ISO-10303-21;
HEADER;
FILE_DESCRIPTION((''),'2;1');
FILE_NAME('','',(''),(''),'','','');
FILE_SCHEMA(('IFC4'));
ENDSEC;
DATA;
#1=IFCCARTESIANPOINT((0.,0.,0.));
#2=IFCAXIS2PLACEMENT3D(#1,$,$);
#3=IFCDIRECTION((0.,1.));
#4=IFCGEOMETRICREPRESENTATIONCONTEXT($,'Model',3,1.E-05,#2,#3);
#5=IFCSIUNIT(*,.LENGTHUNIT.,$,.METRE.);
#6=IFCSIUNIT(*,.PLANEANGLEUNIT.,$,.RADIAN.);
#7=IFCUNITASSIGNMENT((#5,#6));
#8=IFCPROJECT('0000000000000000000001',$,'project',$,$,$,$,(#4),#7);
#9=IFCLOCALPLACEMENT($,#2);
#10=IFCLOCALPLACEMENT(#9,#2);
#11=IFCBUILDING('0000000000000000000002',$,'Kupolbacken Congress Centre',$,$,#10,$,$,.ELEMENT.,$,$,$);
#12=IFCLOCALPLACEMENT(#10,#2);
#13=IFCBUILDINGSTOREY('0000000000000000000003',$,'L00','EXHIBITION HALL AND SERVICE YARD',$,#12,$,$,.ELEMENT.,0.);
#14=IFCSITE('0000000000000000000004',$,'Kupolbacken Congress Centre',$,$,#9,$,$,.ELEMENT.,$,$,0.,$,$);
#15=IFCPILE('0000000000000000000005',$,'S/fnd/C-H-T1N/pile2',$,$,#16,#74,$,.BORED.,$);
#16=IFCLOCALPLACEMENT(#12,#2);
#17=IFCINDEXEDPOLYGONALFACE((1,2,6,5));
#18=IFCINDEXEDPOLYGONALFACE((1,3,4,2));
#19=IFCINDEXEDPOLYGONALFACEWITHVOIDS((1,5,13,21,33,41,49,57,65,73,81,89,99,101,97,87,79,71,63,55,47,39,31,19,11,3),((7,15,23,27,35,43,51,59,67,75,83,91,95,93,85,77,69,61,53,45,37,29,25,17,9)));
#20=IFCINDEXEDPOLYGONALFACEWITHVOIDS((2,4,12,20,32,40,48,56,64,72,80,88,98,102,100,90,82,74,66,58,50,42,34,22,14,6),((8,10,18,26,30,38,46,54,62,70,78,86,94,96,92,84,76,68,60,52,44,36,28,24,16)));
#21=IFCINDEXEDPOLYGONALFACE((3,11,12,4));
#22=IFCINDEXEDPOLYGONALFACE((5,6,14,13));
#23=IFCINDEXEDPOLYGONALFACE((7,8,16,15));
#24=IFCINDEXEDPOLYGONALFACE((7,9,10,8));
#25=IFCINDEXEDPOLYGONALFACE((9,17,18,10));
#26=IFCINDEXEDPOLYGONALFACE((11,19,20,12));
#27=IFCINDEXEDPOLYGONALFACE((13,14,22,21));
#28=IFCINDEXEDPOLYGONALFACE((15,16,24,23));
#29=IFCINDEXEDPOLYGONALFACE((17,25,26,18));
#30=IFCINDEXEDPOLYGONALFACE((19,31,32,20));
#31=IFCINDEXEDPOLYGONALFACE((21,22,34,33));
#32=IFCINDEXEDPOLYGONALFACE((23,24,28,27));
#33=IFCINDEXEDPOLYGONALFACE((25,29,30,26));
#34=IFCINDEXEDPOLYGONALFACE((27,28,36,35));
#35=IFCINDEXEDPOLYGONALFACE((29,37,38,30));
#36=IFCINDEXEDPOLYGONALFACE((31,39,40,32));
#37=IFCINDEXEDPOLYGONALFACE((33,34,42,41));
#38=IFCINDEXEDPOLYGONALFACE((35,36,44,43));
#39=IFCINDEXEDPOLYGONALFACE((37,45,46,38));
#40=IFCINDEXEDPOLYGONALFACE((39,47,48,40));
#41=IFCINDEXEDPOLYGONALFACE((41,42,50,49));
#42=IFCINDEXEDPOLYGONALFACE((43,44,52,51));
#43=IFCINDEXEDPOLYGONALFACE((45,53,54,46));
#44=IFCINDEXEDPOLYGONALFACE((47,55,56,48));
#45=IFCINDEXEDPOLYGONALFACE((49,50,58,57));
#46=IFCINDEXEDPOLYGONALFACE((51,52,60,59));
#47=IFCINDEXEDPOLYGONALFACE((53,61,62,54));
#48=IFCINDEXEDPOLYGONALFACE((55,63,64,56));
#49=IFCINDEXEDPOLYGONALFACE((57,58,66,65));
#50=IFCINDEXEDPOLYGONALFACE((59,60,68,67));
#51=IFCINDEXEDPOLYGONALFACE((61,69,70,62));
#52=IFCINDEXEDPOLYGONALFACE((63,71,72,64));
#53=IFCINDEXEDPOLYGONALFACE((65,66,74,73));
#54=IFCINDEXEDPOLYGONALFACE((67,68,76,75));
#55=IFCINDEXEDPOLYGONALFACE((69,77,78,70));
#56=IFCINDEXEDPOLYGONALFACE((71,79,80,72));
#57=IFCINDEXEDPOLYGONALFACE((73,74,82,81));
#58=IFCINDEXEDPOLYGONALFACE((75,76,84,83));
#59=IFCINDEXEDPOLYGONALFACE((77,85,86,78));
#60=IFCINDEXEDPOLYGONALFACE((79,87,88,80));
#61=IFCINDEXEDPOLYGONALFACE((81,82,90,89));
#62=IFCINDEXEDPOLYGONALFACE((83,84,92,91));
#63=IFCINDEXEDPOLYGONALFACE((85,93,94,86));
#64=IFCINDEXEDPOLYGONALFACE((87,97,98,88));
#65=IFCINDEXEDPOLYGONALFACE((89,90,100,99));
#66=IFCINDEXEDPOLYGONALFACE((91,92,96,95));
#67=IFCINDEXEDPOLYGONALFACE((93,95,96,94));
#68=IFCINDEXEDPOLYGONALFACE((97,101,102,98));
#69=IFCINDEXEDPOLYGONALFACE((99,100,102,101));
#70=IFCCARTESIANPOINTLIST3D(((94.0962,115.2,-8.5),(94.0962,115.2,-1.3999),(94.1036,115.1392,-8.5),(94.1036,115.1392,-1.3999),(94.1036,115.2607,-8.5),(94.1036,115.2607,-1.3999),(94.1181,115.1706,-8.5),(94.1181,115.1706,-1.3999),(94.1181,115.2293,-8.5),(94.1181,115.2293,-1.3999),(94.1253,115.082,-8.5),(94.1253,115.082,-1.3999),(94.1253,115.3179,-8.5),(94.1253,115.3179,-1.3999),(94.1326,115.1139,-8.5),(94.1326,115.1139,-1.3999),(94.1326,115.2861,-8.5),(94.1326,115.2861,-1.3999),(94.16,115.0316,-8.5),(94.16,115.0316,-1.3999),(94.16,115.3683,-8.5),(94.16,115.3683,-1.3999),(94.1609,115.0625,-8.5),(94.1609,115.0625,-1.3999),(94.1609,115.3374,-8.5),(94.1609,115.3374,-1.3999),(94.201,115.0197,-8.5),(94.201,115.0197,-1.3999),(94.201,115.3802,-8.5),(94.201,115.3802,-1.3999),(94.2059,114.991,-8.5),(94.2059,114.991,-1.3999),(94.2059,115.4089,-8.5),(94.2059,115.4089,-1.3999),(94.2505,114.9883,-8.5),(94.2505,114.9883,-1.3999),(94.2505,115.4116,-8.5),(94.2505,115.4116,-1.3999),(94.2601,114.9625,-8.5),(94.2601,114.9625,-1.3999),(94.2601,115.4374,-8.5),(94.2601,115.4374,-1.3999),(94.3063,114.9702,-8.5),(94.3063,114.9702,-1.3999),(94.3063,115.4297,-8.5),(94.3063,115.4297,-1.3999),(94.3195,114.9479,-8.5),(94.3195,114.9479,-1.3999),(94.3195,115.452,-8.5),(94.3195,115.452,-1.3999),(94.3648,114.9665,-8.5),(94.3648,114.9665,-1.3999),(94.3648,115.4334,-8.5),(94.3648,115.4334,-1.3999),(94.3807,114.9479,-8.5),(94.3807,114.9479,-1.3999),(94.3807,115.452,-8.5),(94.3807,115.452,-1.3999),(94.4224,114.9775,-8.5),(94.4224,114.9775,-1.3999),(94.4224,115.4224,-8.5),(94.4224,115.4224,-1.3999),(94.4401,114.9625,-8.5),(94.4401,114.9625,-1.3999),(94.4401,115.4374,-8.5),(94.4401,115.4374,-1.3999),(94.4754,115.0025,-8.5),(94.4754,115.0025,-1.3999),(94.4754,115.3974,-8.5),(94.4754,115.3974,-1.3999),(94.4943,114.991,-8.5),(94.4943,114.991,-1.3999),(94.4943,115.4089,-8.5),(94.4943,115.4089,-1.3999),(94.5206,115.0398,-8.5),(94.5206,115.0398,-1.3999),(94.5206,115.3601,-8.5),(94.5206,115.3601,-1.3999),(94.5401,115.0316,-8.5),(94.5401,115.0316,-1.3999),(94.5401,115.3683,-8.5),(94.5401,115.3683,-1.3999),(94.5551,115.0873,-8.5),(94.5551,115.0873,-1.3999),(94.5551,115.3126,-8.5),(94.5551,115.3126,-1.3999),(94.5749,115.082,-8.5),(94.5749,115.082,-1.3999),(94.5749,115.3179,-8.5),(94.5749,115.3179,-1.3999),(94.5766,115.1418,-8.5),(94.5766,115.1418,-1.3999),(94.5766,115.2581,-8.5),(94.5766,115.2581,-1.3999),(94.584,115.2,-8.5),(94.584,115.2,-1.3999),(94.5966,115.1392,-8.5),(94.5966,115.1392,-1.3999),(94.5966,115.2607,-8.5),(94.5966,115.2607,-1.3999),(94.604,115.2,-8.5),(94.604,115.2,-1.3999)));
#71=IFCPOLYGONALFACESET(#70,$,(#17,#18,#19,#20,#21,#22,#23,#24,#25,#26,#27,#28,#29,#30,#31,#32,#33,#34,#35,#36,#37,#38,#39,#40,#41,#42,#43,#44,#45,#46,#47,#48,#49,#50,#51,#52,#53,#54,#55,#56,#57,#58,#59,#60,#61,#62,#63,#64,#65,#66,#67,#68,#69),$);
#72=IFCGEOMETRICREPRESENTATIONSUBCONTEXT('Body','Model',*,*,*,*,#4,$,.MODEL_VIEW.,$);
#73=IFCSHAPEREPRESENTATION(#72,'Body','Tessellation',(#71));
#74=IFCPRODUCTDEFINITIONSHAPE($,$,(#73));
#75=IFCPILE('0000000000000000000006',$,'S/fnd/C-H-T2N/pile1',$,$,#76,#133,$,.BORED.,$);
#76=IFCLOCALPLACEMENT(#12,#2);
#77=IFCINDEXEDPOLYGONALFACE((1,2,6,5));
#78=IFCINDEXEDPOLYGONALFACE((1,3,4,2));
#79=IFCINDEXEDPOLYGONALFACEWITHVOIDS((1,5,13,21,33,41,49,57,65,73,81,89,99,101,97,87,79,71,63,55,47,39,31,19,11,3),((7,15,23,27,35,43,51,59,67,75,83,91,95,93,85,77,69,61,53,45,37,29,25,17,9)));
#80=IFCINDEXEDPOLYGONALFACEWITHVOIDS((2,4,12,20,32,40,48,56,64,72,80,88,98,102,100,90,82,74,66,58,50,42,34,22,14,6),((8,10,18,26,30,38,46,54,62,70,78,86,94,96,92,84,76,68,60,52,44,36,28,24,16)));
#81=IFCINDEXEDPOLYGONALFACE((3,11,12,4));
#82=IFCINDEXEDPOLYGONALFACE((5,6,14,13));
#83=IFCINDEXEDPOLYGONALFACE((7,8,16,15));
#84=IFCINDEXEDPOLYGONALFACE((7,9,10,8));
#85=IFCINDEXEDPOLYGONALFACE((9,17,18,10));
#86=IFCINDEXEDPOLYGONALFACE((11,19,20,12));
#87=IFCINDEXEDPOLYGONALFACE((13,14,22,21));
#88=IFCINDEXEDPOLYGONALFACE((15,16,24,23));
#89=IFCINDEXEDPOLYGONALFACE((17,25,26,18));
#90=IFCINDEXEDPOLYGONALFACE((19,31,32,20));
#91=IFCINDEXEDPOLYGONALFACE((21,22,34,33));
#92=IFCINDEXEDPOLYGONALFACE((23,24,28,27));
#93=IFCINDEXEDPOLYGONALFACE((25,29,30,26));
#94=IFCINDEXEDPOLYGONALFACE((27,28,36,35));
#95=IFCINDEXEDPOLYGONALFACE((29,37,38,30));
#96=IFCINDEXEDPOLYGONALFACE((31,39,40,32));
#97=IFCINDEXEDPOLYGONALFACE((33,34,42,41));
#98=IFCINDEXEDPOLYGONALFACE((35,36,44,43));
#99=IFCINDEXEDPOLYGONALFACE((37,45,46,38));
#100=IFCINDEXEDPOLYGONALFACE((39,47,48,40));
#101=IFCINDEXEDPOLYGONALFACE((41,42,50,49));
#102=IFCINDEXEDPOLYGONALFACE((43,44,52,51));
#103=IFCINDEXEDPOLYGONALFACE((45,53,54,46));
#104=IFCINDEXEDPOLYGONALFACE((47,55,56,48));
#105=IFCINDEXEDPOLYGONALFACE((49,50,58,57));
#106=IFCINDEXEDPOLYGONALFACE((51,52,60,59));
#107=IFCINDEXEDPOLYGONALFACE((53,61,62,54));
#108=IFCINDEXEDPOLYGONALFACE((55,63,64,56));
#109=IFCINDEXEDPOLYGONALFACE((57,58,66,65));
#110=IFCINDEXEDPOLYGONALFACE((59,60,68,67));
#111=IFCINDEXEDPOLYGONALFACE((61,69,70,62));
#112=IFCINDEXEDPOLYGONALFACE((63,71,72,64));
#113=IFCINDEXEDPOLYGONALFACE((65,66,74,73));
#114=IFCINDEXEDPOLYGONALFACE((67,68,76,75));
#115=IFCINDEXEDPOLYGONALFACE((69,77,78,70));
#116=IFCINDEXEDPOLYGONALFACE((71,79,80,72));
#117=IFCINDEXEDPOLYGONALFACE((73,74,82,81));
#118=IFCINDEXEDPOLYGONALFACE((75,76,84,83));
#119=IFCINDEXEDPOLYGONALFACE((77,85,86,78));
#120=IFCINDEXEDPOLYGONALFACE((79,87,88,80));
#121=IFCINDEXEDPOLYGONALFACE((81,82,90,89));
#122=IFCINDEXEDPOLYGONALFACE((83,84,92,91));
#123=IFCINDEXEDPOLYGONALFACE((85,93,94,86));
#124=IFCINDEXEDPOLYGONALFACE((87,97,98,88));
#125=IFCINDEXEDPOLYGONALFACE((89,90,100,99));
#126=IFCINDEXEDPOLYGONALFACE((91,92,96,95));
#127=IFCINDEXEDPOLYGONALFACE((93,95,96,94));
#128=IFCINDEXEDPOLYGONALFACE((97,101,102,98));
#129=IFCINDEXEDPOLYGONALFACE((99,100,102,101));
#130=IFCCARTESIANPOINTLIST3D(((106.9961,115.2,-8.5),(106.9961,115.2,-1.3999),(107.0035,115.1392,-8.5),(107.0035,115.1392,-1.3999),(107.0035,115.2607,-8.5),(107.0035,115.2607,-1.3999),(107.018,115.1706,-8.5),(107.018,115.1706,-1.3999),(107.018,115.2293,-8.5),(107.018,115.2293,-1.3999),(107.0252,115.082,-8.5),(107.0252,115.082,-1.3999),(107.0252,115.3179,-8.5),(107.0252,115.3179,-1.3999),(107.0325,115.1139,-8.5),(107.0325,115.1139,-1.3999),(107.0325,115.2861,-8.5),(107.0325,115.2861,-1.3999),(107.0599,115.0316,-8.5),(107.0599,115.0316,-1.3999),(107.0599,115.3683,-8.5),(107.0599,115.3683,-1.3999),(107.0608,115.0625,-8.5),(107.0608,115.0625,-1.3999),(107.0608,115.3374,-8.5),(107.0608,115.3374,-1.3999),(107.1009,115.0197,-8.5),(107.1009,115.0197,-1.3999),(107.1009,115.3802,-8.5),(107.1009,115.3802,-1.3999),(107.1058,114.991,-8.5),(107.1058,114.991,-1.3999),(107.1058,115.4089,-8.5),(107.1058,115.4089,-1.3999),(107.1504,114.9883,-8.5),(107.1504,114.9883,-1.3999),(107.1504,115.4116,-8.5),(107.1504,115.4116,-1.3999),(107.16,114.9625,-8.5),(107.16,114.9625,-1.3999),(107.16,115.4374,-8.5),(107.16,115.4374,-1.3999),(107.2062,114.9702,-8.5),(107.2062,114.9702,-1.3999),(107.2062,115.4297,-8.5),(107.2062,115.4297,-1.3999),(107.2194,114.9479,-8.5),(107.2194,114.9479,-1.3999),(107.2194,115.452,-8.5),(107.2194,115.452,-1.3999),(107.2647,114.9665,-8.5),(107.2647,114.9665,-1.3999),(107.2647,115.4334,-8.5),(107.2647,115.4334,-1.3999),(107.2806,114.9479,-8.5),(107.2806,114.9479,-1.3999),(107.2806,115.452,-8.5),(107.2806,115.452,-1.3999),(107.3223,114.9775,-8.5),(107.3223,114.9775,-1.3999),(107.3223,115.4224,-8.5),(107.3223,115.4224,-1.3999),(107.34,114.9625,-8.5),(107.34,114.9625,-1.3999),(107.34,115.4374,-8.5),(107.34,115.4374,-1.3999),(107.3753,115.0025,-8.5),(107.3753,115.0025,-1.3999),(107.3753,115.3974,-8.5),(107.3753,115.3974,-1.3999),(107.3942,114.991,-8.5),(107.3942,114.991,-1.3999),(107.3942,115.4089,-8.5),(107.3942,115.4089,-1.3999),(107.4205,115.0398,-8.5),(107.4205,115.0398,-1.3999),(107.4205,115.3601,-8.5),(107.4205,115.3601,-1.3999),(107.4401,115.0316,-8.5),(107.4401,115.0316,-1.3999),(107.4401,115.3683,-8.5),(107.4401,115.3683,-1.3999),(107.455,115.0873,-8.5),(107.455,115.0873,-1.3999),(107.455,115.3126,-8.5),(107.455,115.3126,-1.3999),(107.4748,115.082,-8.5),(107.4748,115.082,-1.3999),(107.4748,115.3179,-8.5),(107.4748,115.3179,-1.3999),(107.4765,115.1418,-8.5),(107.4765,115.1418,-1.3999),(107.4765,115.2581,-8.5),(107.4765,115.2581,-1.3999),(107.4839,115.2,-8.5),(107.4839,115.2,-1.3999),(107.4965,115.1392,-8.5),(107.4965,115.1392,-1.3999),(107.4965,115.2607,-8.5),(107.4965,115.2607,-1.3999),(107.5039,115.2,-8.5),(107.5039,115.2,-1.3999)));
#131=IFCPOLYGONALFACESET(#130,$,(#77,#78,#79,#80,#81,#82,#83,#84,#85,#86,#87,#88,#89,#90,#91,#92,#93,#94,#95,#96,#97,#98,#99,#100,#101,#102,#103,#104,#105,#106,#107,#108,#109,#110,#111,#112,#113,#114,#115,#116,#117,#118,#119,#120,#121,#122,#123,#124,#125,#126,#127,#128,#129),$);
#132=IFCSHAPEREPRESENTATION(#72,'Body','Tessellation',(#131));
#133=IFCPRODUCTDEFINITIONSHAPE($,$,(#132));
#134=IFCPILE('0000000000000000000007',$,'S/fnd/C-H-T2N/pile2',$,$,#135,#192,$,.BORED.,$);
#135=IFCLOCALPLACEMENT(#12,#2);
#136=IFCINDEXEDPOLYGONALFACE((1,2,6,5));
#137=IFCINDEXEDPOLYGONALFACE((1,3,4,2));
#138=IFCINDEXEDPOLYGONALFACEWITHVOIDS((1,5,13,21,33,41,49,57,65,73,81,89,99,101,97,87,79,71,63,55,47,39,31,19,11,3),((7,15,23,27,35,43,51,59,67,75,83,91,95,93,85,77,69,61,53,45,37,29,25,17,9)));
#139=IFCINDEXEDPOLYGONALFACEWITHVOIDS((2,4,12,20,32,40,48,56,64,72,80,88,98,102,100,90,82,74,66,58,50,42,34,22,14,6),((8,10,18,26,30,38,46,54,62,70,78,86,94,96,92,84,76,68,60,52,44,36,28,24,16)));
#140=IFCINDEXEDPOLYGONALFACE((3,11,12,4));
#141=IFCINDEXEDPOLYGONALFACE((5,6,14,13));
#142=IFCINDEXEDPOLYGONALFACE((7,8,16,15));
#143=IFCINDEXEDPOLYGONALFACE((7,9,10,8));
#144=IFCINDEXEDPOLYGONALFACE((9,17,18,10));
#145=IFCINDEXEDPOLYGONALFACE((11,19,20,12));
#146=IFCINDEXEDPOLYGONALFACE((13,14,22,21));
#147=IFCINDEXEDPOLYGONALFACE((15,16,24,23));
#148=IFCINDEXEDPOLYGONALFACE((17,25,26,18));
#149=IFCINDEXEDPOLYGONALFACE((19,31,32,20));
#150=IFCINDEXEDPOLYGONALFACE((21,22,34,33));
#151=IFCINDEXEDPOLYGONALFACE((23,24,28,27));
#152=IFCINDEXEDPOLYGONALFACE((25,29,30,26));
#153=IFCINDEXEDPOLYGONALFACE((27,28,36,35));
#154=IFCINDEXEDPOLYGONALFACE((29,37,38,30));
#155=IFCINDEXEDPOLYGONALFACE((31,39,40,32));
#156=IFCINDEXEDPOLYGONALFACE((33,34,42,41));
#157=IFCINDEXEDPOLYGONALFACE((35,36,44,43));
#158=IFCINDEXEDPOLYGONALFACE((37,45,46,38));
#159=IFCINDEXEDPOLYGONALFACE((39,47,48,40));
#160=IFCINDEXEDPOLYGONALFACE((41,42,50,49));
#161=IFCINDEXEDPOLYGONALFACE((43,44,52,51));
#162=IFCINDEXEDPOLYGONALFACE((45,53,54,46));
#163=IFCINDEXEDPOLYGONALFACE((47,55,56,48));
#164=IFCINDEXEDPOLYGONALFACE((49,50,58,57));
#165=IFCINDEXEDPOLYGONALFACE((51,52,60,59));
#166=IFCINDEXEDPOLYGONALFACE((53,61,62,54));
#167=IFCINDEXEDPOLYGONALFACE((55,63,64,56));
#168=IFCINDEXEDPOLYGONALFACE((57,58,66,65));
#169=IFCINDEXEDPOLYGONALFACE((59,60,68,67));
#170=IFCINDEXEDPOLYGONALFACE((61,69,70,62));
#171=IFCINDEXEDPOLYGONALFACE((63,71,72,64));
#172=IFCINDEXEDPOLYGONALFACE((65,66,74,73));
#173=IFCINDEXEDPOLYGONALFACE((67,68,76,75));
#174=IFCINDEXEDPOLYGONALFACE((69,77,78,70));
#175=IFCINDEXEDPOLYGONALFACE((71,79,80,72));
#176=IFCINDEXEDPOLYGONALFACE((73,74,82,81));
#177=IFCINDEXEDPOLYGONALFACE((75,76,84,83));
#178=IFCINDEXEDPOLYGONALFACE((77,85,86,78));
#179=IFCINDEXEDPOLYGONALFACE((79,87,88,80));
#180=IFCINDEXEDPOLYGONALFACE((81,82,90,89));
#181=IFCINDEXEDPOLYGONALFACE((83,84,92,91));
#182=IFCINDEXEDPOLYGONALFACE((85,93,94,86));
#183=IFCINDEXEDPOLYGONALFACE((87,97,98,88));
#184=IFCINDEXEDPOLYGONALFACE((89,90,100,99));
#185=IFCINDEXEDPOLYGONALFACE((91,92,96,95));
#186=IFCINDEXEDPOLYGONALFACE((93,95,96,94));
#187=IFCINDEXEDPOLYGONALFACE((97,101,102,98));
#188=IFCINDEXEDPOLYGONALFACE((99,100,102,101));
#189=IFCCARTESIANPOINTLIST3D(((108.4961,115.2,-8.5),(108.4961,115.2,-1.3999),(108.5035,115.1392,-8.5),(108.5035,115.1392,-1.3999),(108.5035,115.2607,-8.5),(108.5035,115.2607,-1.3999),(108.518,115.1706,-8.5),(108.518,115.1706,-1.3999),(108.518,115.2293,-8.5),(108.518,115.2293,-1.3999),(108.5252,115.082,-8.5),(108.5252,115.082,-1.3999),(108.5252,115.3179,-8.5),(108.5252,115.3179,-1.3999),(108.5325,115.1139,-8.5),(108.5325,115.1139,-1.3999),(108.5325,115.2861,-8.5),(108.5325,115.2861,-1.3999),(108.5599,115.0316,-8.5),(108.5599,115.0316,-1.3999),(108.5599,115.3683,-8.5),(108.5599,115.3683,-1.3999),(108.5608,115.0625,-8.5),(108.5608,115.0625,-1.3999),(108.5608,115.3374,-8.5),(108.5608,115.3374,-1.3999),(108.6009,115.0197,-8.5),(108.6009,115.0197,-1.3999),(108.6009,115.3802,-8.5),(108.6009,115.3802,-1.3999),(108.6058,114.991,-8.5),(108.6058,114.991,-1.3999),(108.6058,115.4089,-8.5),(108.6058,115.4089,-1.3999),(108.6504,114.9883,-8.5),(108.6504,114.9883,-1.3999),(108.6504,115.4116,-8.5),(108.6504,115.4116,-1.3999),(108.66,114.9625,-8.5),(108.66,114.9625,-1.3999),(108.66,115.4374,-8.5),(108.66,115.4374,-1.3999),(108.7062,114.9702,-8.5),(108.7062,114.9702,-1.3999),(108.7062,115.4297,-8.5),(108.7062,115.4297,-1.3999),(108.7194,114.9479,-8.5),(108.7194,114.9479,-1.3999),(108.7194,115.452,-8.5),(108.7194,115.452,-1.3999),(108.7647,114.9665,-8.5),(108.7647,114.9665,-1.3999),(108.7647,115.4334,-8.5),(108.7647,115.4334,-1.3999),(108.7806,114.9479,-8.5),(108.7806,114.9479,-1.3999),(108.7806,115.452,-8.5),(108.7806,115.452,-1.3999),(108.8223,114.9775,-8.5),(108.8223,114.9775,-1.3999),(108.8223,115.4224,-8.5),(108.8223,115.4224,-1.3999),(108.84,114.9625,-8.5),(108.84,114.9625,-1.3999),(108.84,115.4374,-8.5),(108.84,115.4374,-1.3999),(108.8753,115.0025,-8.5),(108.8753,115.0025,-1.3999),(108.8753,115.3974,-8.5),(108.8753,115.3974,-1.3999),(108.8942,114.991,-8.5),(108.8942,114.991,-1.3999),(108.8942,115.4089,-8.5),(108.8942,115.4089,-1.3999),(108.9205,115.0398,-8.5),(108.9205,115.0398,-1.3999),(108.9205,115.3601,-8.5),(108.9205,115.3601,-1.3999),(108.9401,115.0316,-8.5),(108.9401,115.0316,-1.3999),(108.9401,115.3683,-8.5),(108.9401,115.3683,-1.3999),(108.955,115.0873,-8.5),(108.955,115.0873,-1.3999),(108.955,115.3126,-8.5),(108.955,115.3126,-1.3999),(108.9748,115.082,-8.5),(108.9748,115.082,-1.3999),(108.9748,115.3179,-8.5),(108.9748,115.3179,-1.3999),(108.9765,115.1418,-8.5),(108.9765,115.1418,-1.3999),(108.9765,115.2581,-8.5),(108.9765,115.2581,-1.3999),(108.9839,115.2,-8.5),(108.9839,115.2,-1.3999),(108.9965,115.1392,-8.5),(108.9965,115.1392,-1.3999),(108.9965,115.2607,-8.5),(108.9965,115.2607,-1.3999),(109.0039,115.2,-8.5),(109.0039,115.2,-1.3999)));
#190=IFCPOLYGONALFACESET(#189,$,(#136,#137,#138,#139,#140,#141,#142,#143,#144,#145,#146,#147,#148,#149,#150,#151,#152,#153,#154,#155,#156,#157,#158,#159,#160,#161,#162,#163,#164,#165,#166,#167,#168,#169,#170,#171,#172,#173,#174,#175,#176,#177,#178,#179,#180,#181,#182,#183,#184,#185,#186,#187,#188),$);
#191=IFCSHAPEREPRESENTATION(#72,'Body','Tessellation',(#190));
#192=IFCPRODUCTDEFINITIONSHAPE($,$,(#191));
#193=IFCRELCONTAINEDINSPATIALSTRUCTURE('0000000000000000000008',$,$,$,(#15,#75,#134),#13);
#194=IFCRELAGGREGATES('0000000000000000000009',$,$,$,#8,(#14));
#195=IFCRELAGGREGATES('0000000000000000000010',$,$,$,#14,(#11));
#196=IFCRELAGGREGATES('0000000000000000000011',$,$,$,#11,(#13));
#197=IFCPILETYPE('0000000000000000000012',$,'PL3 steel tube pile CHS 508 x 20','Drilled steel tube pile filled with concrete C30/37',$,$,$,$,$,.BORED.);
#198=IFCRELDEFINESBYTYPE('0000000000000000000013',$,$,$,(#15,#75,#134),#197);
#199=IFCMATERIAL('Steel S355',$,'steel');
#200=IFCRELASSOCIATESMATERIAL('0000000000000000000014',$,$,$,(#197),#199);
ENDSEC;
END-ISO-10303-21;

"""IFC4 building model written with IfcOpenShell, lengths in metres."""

from ifc_helpers import new_model, si_unit, direction, frame, origin, origin_2d, place, context, subcontext, project, spatial, hollow_circle, extrude, material, material_profile, profile_set, type_object, element, save


model = new_model("IFC4")

# Units and contexts
model_context = context("Model", 3, precision=1e-05, world=origin(), true_north=direction((0.0, 1.0)))
body_context = subcontext(model_context, "Body", "Model", "MODEL_VIEW")
ifc_project = project(units=[si_unit("LENGTHUNIT", "METRE"), si_unit("PLANEANGLEUNIT", "RADIAN")], contexts=[model_context])

# Site, building, storey
site_placement = place(None, origin())
site = spatial("IfcSite", under=ifc_project, at=site_placement, Name="Kupolbacken Congress Centre", CompositionType="ELEMENT", RefElevation=0.0)
building_placement = place(site_placement, origin())
building = spatial("IfcBuilding", under=site, at=building_placement, Name="Kupolbacken Congress Centre", CompositionType="ELEMENT")
storey_placement = place(building_placement, origin())
storey = spatial("IfcBuildingStorey", under=building, at=storey_placement, Name="L00", Description="EXHIBITION HALL AND SERVICE YARD", CompositionType="ELEMENT", Elevation=0.0)

# Piles
ifc_material_1 = material(Name="Steel S355", Category="steel")
ifc_material_profile_1 = material_profile(ifc_material_1, hollow_circle(Radius=0.2539, WallThickness=0.02, at=origin_2d()), Name="CHS 508 x 20")
ifc_profile_set_1 = profile_set([ifc_material_profile_1], Name="Steel S355")
pile_type_1 = type_object("IfcPileType", Name="PL3 steel tube pile CHS 508 x 20", Description="Drilled steel tube pile filled with concrete C30/37", PredefinedType="BORED", material=ifc_profile_set_1)
for number, where, z_axis, x_axis, name in (
    (1, (94.3501, 115.2, -1.3999), (0.0, 0.0, -1.0), (1.0, 0.0, 0.0), "S/fnd/C-H-T1N/pile2"),
    (2, (107.25, 115.2, -1.3999), (0.0, 0.0, -1.0), (1.0, 0.0, 0.0), "S/fnd/C-H-T2N/pile1"),
    (3, (108.75, 115.2, -1.3999), (0.0, 0.0, -1.0), (1.0, 0.0, 0.0), "S/fnd/C-H-T2N/pile2"),
):
    element("IfcPile", number, at=place(storey_placement, frame(where, z_axis=z_axis, x_axis=x_axis)), inside=storey, type_object=pile_type_1, Name=name, PredefinedType="BORED", context=body_context, shape_type="SweptSolid", body=[
        extrude(hollow_circle(Radius=0.2539, WallThickness=0.02, at=origin_2d()), origin(), (0.0, 0.0, 1.0), 7.1001),
    ])

save(model, "model.ifc")
